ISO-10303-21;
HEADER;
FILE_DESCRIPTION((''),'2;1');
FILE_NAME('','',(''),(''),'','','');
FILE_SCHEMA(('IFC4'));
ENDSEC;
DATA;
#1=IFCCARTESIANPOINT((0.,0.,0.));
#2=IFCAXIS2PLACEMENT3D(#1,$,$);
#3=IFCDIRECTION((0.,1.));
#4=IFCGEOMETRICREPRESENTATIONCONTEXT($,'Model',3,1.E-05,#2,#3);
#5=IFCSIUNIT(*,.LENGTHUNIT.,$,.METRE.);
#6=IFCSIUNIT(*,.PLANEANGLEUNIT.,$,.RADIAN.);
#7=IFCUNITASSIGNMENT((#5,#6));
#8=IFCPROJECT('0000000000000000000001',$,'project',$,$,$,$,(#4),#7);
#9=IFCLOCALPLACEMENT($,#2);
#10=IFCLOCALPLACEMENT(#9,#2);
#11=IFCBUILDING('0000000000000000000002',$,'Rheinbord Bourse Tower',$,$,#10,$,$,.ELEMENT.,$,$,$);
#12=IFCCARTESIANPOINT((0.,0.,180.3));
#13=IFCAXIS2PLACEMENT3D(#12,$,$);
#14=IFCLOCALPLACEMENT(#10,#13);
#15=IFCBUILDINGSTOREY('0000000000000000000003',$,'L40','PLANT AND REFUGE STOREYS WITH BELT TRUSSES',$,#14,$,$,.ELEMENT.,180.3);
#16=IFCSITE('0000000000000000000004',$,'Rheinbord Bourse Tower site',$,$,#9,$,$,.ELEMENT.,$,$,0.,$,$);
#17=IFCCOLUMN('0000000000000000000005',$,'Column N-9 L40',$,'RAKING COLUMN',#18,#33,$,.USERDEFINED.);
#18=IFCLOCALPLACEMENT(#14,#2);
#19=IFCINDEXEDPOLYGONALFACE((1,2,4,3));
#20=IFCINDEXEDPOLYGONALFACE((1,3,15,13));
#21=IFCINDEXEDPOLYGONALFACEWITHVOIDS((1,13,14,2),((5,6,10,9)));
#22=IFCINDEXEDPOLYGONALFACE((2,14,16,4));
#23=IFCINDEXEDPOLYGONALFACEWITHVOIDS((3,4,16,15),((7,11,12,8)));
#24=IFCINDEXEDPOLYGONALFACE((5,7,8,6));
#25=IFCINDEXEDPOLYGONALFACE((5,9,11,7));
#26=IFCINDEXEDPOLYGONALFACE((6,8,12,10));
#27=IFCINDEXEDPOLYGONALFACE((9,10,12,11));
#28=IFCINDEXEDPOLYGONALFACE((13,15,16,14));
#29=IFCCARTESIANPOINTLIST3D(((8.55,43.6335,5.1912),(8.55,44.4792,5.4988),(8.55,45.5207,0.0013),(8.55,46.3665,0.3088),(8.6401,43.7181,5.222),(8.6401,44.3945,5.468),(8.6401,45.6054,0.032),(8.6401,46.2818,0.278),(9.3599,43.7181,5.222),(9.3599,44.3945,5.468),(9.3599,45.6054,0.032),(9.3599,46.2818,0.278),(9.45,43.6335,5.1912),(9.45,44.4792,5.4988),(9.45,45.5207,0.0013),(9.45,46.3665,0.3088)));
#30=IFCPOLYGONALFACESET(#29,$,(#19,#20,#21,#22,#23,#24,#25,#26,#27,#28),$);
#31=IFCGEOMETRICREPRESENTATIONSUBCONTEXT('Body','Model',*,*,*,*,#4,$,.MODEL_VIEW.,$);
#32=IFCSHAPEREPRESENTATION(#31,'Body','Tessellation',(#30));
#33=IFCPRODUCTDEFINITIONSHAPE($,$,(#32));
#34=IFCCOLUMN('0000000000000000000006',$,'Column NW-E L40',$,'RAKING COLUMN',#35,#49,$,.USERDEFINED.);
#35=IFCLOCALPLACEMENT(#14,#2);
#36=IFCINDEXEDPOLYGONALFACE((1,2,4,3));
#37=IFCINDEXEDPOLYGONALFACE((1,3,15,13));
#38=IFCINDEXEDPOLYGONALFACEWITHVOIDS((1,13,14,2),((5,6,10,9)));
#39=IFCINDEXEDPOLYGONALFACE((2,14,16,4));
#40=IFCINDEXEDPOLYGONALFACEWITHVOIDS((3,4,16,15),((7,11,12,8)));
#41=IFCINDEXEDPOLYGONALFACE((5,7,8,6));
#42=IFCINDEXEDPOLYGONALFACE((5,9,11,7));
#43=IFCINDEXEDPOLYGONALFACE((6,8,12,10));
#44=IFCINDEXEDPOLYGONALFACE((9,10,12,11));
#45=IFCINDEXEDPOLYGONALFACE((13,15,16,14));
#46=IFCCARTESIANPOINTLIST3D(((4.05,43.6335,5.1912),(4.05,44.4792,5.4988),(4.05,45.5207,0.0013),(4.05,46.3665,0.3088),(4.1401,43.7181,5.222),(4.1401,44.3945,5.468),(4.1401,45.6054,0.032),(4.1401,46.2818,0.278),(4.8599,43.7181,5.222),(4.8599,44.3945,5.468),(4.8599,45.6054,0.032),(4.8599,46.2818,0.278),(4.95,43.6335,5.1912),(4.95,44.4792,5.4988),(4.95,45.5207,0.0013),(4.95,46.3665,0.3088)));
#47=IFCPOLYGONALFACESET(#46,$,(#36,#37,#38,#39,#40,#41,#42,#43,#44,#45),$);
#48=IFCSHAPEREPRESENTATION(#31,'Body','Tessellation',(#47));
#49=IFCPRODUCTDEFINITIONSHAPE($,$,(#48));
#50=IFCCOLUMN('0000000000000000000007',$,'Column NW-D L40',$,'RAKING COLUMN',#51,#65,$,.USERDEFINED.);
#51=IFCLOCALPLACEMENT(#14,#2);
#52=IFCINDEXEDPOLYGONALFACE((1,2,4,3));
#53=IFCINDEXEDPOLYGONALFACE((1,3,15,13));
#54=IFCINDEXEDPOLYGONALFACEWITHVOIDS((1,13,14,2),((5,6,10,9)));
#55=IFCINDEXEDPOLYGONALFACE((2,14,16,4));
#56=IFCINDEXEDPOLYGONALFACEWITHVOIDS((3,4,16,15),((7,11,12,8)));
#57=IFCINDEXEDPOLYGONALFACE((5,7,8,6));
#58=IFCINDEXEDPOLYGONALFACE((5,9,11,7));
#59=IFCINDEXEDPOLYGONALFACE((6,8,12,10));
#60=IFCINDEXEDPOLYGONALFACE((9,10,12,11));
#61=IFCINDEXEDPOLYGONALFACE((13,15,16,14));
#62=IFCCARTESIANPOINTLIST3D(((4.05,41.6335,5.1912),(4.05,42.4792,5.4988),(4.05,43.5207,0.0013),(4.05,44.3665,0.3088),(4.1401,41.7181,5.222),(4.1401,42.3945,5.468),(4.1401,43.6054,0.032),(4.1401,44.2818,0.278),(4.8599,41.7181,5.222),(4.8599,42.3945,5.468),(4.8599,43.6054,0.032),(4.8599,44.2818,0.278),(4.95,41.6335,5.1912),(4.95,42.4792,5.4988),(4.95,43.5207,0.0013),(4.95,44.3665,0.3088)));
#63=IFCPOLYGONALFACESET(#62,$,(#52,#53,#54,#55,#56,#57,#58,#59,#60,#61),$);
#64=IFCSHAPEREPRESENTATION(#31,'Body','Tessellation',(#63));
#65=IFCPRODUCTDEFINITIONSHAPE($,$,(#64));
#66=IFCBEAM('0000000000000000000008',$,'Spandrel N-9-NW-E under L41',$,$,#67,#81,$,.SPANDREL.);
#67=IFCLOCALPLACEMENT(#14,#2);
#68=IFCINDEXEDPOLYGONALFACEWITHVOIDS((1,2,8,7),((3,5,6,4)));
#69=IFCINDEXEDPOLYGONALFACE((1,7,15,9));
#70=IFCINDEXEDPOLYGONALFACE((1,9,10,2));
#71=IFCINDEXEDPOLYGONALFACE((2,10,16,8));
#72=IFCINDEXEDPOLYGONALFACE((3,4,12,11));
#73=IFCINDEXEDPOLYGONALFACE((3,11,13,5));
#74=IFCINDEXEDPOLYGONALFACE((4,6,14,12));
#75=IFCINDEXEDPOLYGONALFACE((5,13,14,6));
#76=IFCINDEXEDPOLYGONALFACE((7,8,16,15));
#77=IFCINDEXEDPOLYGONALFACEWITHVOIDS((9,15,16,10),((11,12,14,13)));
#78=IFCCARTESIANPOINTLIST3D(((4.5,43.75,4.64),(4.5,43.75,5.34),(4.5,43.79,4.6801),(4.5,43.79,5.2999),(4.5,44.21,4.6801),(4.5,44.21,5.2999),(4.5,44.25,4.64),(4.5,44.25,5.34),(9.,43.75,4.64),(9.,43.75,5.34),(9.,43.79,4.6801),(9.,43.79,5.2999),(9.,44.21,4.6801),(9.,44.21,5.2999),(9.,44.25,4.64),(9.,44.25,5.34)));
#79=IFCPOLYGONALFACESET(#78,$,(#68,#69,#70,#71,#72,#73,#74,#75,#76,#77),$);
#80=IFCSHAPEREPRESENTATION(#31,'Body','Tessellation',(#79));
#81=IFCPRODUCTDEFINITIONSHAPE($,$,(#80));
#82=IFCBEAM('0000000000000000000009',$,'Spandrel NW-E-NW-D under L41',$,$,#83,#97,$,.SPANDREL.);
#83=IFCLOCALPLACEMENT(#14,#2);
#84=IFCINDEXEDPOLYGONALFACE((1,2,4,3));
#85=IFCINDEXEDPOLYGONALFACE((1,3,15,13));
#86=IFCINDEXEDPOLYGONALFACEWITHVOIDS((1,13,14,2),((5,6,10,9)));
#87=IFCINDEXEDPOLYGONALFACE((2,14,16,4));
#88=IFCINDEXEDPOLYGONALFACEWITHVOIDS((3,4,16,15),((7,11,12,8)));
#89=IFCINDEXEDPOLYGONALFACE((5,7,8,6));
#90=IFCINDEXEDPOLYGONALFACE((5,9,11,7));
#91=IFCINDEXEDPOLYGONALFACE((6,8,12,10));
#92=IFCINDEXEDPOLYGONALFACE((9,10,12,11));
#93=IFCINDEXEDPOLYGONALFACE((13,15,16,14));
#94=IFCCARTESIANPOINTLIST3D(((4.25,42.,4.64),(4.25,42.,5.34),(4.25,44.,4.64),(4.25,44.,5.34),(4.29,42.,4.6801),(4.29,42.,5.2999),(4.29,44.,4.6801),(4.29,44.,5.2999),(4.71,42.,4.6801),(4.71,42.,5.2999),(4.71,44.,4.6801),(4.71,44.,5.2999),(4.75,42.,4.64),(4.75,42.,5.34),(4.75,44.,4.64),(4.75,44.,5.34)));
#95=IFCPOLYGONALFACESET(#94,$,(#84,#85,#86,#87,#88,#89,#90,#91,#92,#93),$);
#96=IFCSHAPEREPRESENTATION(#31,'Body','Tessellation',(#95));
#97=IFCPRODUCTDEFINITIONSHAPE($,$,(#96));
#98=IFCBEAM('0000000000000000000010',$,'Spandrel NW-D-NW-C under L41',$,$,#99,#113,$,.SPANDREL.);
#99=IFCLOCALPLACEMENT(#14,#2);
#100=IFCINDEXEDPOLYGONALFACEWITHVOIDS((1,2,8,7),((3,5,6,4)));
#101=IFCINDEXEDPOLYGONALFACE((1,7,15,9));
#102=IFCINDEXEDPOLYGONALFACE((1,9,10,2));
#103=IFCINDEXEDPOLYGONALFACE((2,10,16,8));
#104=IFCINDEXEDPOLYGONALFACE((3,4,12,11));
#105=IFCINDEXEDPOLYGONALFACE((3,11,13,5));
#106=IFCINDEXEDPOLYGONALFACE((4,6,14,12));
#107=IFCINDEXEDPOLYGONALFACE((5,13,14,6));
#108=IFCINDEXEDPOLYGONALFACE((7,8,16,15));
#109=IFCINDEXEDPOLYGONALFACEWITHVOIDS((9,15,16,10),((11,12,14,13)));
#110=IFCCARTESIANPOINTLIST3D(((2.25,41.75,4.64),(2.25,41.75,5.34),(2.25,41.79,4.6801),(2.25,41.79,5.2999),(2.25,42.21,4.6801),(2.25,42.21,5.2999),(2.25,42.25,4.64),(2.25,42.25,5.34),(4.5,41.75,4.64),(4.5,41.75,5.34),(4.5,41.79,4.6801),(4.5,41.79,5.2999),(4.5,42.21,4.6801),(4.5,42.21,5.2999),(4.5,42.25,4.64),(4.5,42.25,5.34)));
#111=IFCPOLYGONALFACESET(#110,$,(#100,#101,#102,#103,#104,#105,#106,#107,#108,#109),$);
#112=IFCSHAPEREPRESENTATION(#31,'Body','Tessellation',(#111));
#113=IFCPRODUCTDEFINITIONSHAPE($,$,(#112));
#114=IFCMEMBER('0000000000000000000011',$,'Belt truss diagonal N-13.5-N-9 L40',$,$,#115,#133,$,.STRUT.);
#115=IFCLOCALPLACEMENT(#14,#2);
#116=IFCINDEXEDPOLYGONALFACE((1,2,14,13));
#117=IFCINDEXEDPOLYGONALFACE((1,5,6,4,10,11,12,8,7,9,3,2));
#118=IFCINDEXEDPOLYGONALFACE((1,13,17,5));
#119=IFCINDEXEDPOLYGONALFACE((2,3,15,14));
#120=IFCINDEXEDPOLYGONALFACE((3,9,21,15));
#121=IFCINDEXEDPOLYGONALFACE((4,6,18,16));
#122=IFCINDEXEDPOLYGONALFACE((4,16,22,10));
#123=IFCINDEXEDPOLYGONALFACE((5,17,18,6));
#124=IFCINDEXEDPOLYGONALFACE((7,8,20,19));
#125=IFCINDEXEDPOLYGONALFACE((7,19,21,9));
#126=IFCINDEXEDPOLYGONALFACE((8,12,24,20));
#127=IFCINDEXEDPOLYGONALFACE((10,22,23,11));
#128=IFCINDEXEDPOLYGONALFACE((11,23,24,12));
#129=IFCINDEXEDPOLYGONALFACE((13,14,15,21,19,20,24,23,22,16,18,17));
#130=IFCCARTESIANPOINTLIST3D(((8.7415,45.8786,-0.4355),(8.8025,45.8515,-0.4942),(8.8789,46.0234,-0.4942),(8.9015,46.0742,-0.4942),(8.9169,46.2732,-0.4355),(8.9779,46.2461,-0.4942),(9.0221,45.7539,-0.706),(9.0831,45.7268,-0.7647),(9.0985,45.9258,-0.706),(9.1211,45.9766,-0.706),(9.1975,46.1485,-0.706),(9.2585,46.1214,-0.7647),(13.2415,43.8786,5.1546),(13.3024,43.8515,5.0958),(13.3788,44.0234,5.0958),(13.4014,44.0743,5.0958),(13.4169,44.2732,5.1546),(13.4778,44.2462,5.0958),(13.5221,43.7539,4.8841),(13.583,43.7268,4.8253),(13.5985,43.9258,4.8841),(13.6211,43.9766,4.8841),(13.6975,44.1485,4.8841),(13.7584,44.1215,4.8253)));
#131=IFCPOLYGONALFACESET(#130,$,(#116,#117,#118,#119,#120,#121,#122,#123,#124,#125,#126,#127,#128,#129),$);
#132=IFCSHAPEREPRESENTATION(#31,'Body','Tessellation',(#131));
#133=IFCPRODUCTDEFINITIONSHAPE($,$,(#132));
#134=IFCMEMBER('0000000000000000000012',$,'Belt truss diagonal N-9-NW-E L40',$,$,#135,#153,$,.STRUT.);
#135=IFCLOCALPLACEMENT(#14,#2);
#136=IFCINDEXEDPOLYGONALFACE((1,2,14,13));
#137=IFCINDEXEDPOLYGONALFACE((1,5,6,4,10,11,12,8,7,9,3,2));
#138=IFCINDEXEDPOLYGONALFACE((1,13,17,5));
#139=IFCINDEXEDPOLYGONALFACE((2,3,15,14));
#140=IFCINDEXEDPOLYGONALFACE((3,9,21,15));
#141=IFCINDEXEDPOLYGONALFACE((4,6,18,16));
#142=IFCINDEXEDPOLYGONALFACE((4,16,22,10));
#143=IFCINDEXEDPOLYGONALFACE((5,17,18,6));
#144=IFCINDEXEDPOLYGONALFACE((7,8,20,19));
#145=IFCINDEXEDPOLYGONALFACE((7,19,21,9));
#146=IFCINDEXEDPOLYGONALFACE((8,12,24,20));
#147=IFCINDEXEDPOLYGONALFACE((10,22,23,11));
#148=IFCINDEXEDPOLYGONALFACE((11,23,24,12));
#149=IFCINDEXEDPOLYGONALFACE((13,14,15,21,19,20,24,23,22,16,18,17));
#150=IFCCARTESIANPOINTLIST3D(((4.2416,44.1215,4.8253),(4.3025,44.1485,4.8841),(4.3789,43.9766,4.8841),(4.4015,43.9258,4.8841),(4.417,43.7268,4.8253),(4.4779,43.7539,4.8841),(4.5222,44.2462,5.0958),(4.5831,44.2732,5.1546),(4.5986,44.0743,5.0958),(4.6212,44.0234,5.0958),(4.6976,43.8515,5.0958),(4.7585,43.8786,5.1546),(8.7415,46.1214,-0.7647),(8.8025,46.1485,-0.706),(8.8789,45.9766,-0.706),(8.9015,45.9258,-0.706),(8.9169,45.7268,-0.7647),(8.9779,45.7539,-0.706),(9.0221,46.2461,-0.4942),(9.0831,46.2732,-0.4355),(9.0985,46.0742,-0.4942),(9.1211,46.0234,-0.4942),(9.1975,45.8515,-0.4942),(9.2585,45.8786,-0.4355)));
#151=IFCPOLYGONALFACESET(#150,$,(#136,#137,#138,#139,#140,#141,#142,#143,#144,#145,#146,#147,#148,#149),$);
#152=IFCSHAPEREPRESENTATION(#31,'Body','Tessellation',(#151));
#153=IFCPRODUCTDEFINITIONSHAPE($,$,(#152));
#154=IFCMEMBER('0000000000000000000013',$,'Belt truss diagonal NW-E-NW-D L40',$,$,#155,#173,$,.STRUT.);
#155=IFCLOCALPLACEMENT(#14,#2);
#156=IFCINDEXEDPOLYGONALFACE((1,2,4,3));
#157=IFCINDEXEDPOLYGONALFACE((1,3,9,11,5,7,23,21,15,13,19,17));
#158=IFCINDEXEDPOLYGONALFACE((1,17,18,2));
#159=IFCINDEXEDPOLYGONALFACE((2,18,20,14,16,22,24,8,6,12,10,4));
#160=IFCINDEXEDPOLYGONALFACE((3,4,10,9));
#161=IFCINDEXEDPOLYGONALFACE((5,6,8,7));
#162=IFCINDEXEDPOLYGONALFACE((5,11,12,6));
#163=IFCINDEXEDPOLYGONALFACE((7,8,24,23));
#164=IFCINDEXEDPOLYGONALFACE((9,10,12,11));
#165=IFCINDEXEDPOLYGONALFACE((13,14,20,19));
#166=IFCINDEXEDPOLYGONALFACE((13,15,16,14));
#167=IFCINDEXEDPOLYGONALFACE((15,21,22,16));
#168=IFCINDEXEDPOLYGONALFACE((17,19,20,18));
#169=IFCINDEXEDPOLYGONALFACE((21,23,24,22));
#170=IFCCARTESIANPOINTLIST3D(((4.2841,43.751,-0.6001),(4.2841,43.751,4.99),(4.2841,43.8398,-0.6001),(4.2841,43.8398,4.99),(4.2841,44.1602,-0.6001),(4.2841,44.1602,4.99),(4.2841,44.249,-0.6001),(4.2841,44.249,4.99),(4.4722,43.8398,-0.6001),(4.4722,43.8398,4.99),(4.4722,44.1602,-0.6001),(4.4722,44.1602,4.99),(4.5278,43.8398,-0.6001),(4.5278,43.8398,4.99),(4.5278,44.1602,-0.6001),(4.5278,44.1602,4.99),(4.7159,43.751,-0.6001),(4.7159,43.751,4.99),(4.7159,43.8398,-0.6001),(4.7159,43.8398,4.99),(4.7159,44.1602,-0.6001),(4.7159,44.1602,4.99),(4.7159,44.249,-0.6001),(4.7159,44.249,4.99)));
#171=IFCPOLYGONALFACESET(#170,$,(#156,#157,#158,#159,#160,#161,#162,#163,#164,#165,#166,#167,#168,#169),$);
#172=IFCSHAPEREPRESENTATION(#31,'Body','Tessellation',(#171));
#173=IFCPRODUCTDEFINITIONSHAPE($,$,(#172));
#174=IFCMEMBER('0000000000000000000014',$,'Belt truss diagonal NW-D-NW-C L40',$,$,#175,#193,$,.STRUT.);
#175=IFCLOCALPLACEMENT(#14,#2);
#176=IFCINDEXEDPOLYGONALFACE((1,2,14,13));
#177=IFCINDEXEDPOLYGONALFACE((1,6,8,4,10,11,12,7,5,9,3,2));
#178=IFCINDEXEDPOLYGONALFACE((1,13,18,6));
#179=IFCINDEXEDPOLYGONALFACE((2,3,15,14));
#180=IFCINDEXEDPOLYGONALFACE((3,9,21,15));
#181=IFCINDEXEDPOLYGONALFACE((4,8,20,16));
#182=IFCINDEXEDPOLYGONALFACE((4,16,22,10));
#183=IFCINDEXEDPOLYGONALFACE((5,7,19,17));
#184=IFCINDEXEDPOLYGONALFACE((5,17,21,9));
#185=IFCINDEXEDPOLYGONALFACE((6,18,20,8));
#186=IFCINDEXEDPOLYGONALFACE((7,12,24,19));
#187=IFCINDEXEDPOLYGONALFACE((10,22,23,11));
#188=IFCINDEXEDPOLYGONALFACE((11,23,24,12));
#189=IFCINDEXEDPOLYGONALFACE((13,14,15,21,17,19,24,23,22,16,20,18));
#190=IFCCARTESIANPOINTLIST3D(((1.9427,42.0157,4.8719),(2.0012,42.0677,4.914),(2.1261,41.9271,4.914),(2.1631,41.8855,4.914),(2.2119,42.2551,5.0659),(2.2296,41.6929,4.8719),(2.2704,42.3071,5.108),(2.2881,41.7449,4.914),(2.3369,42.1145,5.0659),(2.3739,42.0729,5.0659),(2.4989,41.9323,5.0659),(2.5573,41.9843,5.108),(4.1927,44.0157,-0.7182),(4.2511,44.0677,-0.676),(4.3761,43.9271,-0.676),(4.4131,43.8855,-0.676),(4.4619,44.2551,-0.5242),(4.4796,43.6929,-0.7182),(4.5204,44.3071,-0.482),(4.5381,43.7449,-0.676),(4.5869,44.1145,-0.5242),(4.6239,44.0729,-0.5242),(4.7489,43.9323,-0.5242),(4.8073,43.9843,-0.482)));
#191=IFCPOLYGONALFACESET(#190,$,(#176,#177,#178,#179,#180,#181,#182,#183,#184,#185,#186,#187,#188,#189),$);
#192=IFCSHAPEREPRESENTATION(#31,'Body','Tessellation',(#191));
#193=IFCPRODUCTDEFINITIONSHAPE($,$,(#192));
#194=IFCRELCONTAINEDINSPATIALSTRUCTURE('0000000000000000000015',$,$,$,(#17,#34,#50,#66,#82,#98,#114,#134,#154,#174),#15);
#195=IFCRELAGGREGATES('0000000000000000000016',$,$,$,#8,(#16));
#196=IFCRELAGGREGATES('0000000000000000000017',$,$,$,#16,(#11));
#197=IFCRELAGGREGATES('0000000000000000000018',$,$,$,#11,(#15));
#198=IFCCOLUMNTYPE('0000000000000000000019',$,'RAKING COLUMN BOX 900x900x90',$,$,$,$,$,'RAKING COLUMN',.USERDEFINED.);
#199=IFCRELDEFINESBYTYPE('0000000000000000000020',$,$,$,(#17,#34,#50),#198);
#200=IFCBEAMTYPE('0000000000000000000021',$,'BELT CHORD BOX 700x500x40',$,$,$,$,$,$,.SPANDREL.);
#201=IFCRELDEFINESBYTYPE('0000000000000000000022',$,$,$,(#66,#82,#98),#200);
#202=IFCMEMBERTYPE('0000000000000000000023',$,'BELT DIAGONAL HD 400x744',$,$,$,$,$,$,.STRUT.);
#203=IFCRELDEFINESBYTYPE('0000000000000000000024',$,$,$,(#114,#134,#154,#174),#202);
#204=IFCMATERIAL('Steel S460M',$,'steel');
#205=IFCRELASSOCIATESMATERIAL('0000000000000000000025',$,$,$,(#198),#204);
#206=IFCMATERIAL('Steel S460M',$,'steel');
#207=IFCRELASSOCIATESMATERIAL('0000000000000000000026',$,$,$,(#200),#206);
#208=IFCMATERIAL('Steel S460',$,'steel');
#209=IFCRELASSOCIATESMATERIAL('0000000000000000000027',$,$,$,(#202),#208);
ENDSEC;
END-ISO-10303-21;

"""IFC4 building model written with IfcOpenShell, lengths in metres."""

from ifc_helpers import new_model, si_unit, direction, frame, origin, origin_2d, place, context, subcontext, project, spatial, hollow_rectangle, i_section, extrude, material, material_profile, profile_set, type_object, element, save


model = new_model("IFC4")

# Units and contexts
model_context = context("Model", 3, precision=1e-05, world=origin(), true_north=direction((0.0, 1.0)))
body_context = subcontext(model_context, "Body", "Model", "MODEL_VIEW")
ifc_project = project(units=[si_unit("LENGTHUNIT", "METRE"), si_unit("PLANEANGLEUNIT", "RADIAN")], contexts=[model_context])

# Site, building, storey
site_placement = place(None, origin())
site = spatial("IfcSite", under=ifc_project, at=site_placement, Name="Rheinbord Bourse Tower site", CompositionType="ELEMENT", RefElevation=0.0)
building_placement = place(site_placement, origin())
building = spatial("IfcBuilding", under=site, at=building_placement, Name="Rheinbord Bourse Tower", CompositionType="ELEMENT")
storey_placement = place(building_placement, frame((0.0, 0.0, 180.3)))
storey = spatial("IfcBuildingStorey", under=building, at=storey_placement, Name="L40", Description="PLANT AND REFUGE STOREYS WITH BELT TRUSSES", CompositionType="ELEMENT", Elevation=180.3)

# Columns
ifc_material_1 = material(Name="Steel S460M", Category="steel")
ifc_material_profile_1 = material_profile(ifc_material_1, hollow_rectangle(XDim=0.8999, YDim=0.8999, WallThickness=0.0901, at=origin_2d()), Name="BOX 900x900x90")
ifc_profile_set_1 = profile_set([ifc_material_profile_1], Name="Steel S460M")
column_type = type_object("IfcColumnType", Name="RAKING COLUMN BOX 900x900x90", ElementType="RAKING COLUMN", PredefinedType="USERDEFINED", material=ifc_profile_set_1)
for number, where, z_axis, x_axis, name in (
    (1, (9.0, 45.9436, 0.155), (0.0, -0.341743, 0.939793), (0.0, 0.939793, 0.341743), "Column N-9 L40"),
    (2, (4.5, 45.9436, 0.155), (0.0, -0.341743, 0.939793), (0.0, 0.939793, 0.341743), "Column NW-E L40"),
    (3, (4.5, 43.9436, 0.155), (0.0, -0.341743, 0.939793), (0.0, 0.939793, 0.341743), "Column NW-D L40"),
):
    element("IfcColumn", number, at=place(storey_placement, frame(where, z_axis=z_axis, x_axis=x_axis)), inside=storey, type_object=column_type, Name=name, ObjectType="RAKING COLUMN", PredefinedType="USERDEFINED", context=body_context, shape_type="SweptSolid", body=[
        extrude(hollow_rectangle(XDim=0.8999, YDim=0.8999, WallThickness=0.0901, at=origin_2d()), origin(), (0.0, 0.0, 1.0), 5.5225),
    ])

# Beams
ifc_material_2 = material(Name="Steel S460M", Category="steel")
ifc_material_profile_2 = material_profile(ifc_material_2, hollow_rectangle(XDim=0.5, YDim=0.7, WallThickness=0.04, at=origin_2d()), Name="BOX 700x500x40")
ifc_profile_set_2 = profile_set([ifc_material_profile_2], Name="Steel S460M")
beam_type_1 = type_object("IfcBeamType", Name="BELT CHORD BOX 700x500x40", PredefinedType="SPANDREL", material=ifc_profile_set_2)
beam_1_placement = place(storey_placement, frame((9.0, 44.0, 4.99), z_axis=(-1.0, 0.0, 0.0), x_axis=(0.0, -1.0, 0.0)))
element("IfcBeam", 4, at=beam_1_placement, inside=storey, type_object=beam_type_1, Name="Spandrel N-9-NW-E under L41", PredefinedType="SPANDREL", context=body_context, shape_type="SweptSolid", body=[
    extrude(hollow_rectangle(XDim=0.5, YDim=0.7, WallThickness=0.04, at=origin_2d()), origin(), (0.0, 0.0, 1.0), 4.5),
])
beam_2_placement = place(storey_placement, frame((4.5, 44.0, 4.99), z_axis=(0.0, -1.0, 0.0), x_axis=(1.0, 0.0, 0.0)))
element("IfcBeam", 5, at=beam_2_placement, inside=storey, type_object=beam_type_1, Name="Spandrel NW-E-NW-D under L41", PredefinedType="SPANDREL", context=body_context, shape_type="SweptSolid", body=[
    extrude(hollow_rectangle(XDim=0.5, YDim=0.7, WallThickness=0.04, at=origin_2d()), origin(), (0.0, 0.0, 1.0), 2.0),
])
beam_3_placement = place(storey_placement, frame((4.5, 42.0, 4.99), z_axis=(-1.0, 0.0, 0.0), x_axis=(0.0, -1.0, 0.0)))
element("IfcBeam", 6, at=beam_3_placement, inside=storey, type_object=beam_type_1, Name="Spandrel NW-D-NW-C under L41", PredefinedType="SPANDREL", context=body_context, shape_type="SweptSolid", body=[
    extrude(hollow_rectangle(XDim=0.5, YDim=0.7, WallThickness=0.04, at=origin_2d()), origin(), (0.0, 0.0, 1.0), 2.25),
])

# Members
ifc_material_3 = material(Name="Steel S460", Category="steel")
ifc_material_profile_3 = material_profile(ifc_material_3, i_section(OverallWidth=0.4319, OverallDepth=0.498, WebThickness=0.0557, FlangeThickness=0.0889, at=origin_2d()), Name="HD 400x744")
ifc_profile_set_3 = profile_set([ifc_material_profile_3], Name="Steel S460")
member_type_1 = type_object("IfcMemberType", Name="BELT DIAGONAL HD 400x744", PredefinedType="STRUT", material=ifc_profile_set_3)
for number, where, z_axis, x_axis, name in (
    (7, (9.0, 46.0, -0.6001), (0.604045, -0.268465, 0.75037), (0.406138, 0.913812, 0.0), "Belt truss diagonal N-13.5-N-9 L40"),
    (8, (9.0, 46.0, -0.6001), (-0.604045, -0.268465, 0.75037), (0.406138, -0.913812, 0.0), "Belt truss diagonal N-9-NW-E L40"),
):
    element("IfcMember", number, at=place(storey_placement, frame(where, z_axis=z_axis, x_axis=x_axis)), inside=storey, type_object=member_type_1, Name=name, PredefinedType="STRUT", context=body_context, shape_type="SweptSolid", body=[
        extrude(i_section(OverallWidth=0.4319, OverallDepth=0.498, WebThickness=0.0557, FlangeThickness=0.0889, at=origin_2d()), origin(), (0.0, 0.0, 1.0), 7.4497),
    ])
member_1_placement = place(storey_placement, frame((4.5, 44.0, -0.6001), z_axis=(0.0, 0.0, 1.0), x_axis=(1.0, 0.0, 0.0)))
element("IfcMember", 9, at=member_1_placement, inside=storey, type_object=member_type_1, Name="Belt truss diagonal NW-E-NW-D L40", PredefinedType="STRUT", context=body_context, shape_type="SweptSolid", body=[
    extrude(i_section(OverallWidth=0.4319, OverallDepth=0.498, WebThickness=0.0557, FlangeThickness=0.0889, at=origin_2d()), origin(), (0.0, 0.0, 1.0), 5.5901),
])
member_2_placement = place(storey_placement, frame((4.5, 44.0, -0.6001), z_axis=(-0.354379, -0.315003, 0.880448), x_axis=(0.664364, -0.747409, 0.0)))
element("IfcMember", 10, at=member_2_placement, inside=storey, type_object=member_type_1, Name="Belt truss diagonal NW-D-NW-C L40", PredefinedType="STRUT", context=body_context, shape_type="SweptSolid", body=[
    extrude(i_section(OverallWidth=0.4319, OverallDepth=0.498, WebThickness=0.0557, FlangeThickness=0.0889, at=origin_2d()), origin(), (0.0, 0.0, 1.0), 6.3491),
])

save(model, "model.ifc")
